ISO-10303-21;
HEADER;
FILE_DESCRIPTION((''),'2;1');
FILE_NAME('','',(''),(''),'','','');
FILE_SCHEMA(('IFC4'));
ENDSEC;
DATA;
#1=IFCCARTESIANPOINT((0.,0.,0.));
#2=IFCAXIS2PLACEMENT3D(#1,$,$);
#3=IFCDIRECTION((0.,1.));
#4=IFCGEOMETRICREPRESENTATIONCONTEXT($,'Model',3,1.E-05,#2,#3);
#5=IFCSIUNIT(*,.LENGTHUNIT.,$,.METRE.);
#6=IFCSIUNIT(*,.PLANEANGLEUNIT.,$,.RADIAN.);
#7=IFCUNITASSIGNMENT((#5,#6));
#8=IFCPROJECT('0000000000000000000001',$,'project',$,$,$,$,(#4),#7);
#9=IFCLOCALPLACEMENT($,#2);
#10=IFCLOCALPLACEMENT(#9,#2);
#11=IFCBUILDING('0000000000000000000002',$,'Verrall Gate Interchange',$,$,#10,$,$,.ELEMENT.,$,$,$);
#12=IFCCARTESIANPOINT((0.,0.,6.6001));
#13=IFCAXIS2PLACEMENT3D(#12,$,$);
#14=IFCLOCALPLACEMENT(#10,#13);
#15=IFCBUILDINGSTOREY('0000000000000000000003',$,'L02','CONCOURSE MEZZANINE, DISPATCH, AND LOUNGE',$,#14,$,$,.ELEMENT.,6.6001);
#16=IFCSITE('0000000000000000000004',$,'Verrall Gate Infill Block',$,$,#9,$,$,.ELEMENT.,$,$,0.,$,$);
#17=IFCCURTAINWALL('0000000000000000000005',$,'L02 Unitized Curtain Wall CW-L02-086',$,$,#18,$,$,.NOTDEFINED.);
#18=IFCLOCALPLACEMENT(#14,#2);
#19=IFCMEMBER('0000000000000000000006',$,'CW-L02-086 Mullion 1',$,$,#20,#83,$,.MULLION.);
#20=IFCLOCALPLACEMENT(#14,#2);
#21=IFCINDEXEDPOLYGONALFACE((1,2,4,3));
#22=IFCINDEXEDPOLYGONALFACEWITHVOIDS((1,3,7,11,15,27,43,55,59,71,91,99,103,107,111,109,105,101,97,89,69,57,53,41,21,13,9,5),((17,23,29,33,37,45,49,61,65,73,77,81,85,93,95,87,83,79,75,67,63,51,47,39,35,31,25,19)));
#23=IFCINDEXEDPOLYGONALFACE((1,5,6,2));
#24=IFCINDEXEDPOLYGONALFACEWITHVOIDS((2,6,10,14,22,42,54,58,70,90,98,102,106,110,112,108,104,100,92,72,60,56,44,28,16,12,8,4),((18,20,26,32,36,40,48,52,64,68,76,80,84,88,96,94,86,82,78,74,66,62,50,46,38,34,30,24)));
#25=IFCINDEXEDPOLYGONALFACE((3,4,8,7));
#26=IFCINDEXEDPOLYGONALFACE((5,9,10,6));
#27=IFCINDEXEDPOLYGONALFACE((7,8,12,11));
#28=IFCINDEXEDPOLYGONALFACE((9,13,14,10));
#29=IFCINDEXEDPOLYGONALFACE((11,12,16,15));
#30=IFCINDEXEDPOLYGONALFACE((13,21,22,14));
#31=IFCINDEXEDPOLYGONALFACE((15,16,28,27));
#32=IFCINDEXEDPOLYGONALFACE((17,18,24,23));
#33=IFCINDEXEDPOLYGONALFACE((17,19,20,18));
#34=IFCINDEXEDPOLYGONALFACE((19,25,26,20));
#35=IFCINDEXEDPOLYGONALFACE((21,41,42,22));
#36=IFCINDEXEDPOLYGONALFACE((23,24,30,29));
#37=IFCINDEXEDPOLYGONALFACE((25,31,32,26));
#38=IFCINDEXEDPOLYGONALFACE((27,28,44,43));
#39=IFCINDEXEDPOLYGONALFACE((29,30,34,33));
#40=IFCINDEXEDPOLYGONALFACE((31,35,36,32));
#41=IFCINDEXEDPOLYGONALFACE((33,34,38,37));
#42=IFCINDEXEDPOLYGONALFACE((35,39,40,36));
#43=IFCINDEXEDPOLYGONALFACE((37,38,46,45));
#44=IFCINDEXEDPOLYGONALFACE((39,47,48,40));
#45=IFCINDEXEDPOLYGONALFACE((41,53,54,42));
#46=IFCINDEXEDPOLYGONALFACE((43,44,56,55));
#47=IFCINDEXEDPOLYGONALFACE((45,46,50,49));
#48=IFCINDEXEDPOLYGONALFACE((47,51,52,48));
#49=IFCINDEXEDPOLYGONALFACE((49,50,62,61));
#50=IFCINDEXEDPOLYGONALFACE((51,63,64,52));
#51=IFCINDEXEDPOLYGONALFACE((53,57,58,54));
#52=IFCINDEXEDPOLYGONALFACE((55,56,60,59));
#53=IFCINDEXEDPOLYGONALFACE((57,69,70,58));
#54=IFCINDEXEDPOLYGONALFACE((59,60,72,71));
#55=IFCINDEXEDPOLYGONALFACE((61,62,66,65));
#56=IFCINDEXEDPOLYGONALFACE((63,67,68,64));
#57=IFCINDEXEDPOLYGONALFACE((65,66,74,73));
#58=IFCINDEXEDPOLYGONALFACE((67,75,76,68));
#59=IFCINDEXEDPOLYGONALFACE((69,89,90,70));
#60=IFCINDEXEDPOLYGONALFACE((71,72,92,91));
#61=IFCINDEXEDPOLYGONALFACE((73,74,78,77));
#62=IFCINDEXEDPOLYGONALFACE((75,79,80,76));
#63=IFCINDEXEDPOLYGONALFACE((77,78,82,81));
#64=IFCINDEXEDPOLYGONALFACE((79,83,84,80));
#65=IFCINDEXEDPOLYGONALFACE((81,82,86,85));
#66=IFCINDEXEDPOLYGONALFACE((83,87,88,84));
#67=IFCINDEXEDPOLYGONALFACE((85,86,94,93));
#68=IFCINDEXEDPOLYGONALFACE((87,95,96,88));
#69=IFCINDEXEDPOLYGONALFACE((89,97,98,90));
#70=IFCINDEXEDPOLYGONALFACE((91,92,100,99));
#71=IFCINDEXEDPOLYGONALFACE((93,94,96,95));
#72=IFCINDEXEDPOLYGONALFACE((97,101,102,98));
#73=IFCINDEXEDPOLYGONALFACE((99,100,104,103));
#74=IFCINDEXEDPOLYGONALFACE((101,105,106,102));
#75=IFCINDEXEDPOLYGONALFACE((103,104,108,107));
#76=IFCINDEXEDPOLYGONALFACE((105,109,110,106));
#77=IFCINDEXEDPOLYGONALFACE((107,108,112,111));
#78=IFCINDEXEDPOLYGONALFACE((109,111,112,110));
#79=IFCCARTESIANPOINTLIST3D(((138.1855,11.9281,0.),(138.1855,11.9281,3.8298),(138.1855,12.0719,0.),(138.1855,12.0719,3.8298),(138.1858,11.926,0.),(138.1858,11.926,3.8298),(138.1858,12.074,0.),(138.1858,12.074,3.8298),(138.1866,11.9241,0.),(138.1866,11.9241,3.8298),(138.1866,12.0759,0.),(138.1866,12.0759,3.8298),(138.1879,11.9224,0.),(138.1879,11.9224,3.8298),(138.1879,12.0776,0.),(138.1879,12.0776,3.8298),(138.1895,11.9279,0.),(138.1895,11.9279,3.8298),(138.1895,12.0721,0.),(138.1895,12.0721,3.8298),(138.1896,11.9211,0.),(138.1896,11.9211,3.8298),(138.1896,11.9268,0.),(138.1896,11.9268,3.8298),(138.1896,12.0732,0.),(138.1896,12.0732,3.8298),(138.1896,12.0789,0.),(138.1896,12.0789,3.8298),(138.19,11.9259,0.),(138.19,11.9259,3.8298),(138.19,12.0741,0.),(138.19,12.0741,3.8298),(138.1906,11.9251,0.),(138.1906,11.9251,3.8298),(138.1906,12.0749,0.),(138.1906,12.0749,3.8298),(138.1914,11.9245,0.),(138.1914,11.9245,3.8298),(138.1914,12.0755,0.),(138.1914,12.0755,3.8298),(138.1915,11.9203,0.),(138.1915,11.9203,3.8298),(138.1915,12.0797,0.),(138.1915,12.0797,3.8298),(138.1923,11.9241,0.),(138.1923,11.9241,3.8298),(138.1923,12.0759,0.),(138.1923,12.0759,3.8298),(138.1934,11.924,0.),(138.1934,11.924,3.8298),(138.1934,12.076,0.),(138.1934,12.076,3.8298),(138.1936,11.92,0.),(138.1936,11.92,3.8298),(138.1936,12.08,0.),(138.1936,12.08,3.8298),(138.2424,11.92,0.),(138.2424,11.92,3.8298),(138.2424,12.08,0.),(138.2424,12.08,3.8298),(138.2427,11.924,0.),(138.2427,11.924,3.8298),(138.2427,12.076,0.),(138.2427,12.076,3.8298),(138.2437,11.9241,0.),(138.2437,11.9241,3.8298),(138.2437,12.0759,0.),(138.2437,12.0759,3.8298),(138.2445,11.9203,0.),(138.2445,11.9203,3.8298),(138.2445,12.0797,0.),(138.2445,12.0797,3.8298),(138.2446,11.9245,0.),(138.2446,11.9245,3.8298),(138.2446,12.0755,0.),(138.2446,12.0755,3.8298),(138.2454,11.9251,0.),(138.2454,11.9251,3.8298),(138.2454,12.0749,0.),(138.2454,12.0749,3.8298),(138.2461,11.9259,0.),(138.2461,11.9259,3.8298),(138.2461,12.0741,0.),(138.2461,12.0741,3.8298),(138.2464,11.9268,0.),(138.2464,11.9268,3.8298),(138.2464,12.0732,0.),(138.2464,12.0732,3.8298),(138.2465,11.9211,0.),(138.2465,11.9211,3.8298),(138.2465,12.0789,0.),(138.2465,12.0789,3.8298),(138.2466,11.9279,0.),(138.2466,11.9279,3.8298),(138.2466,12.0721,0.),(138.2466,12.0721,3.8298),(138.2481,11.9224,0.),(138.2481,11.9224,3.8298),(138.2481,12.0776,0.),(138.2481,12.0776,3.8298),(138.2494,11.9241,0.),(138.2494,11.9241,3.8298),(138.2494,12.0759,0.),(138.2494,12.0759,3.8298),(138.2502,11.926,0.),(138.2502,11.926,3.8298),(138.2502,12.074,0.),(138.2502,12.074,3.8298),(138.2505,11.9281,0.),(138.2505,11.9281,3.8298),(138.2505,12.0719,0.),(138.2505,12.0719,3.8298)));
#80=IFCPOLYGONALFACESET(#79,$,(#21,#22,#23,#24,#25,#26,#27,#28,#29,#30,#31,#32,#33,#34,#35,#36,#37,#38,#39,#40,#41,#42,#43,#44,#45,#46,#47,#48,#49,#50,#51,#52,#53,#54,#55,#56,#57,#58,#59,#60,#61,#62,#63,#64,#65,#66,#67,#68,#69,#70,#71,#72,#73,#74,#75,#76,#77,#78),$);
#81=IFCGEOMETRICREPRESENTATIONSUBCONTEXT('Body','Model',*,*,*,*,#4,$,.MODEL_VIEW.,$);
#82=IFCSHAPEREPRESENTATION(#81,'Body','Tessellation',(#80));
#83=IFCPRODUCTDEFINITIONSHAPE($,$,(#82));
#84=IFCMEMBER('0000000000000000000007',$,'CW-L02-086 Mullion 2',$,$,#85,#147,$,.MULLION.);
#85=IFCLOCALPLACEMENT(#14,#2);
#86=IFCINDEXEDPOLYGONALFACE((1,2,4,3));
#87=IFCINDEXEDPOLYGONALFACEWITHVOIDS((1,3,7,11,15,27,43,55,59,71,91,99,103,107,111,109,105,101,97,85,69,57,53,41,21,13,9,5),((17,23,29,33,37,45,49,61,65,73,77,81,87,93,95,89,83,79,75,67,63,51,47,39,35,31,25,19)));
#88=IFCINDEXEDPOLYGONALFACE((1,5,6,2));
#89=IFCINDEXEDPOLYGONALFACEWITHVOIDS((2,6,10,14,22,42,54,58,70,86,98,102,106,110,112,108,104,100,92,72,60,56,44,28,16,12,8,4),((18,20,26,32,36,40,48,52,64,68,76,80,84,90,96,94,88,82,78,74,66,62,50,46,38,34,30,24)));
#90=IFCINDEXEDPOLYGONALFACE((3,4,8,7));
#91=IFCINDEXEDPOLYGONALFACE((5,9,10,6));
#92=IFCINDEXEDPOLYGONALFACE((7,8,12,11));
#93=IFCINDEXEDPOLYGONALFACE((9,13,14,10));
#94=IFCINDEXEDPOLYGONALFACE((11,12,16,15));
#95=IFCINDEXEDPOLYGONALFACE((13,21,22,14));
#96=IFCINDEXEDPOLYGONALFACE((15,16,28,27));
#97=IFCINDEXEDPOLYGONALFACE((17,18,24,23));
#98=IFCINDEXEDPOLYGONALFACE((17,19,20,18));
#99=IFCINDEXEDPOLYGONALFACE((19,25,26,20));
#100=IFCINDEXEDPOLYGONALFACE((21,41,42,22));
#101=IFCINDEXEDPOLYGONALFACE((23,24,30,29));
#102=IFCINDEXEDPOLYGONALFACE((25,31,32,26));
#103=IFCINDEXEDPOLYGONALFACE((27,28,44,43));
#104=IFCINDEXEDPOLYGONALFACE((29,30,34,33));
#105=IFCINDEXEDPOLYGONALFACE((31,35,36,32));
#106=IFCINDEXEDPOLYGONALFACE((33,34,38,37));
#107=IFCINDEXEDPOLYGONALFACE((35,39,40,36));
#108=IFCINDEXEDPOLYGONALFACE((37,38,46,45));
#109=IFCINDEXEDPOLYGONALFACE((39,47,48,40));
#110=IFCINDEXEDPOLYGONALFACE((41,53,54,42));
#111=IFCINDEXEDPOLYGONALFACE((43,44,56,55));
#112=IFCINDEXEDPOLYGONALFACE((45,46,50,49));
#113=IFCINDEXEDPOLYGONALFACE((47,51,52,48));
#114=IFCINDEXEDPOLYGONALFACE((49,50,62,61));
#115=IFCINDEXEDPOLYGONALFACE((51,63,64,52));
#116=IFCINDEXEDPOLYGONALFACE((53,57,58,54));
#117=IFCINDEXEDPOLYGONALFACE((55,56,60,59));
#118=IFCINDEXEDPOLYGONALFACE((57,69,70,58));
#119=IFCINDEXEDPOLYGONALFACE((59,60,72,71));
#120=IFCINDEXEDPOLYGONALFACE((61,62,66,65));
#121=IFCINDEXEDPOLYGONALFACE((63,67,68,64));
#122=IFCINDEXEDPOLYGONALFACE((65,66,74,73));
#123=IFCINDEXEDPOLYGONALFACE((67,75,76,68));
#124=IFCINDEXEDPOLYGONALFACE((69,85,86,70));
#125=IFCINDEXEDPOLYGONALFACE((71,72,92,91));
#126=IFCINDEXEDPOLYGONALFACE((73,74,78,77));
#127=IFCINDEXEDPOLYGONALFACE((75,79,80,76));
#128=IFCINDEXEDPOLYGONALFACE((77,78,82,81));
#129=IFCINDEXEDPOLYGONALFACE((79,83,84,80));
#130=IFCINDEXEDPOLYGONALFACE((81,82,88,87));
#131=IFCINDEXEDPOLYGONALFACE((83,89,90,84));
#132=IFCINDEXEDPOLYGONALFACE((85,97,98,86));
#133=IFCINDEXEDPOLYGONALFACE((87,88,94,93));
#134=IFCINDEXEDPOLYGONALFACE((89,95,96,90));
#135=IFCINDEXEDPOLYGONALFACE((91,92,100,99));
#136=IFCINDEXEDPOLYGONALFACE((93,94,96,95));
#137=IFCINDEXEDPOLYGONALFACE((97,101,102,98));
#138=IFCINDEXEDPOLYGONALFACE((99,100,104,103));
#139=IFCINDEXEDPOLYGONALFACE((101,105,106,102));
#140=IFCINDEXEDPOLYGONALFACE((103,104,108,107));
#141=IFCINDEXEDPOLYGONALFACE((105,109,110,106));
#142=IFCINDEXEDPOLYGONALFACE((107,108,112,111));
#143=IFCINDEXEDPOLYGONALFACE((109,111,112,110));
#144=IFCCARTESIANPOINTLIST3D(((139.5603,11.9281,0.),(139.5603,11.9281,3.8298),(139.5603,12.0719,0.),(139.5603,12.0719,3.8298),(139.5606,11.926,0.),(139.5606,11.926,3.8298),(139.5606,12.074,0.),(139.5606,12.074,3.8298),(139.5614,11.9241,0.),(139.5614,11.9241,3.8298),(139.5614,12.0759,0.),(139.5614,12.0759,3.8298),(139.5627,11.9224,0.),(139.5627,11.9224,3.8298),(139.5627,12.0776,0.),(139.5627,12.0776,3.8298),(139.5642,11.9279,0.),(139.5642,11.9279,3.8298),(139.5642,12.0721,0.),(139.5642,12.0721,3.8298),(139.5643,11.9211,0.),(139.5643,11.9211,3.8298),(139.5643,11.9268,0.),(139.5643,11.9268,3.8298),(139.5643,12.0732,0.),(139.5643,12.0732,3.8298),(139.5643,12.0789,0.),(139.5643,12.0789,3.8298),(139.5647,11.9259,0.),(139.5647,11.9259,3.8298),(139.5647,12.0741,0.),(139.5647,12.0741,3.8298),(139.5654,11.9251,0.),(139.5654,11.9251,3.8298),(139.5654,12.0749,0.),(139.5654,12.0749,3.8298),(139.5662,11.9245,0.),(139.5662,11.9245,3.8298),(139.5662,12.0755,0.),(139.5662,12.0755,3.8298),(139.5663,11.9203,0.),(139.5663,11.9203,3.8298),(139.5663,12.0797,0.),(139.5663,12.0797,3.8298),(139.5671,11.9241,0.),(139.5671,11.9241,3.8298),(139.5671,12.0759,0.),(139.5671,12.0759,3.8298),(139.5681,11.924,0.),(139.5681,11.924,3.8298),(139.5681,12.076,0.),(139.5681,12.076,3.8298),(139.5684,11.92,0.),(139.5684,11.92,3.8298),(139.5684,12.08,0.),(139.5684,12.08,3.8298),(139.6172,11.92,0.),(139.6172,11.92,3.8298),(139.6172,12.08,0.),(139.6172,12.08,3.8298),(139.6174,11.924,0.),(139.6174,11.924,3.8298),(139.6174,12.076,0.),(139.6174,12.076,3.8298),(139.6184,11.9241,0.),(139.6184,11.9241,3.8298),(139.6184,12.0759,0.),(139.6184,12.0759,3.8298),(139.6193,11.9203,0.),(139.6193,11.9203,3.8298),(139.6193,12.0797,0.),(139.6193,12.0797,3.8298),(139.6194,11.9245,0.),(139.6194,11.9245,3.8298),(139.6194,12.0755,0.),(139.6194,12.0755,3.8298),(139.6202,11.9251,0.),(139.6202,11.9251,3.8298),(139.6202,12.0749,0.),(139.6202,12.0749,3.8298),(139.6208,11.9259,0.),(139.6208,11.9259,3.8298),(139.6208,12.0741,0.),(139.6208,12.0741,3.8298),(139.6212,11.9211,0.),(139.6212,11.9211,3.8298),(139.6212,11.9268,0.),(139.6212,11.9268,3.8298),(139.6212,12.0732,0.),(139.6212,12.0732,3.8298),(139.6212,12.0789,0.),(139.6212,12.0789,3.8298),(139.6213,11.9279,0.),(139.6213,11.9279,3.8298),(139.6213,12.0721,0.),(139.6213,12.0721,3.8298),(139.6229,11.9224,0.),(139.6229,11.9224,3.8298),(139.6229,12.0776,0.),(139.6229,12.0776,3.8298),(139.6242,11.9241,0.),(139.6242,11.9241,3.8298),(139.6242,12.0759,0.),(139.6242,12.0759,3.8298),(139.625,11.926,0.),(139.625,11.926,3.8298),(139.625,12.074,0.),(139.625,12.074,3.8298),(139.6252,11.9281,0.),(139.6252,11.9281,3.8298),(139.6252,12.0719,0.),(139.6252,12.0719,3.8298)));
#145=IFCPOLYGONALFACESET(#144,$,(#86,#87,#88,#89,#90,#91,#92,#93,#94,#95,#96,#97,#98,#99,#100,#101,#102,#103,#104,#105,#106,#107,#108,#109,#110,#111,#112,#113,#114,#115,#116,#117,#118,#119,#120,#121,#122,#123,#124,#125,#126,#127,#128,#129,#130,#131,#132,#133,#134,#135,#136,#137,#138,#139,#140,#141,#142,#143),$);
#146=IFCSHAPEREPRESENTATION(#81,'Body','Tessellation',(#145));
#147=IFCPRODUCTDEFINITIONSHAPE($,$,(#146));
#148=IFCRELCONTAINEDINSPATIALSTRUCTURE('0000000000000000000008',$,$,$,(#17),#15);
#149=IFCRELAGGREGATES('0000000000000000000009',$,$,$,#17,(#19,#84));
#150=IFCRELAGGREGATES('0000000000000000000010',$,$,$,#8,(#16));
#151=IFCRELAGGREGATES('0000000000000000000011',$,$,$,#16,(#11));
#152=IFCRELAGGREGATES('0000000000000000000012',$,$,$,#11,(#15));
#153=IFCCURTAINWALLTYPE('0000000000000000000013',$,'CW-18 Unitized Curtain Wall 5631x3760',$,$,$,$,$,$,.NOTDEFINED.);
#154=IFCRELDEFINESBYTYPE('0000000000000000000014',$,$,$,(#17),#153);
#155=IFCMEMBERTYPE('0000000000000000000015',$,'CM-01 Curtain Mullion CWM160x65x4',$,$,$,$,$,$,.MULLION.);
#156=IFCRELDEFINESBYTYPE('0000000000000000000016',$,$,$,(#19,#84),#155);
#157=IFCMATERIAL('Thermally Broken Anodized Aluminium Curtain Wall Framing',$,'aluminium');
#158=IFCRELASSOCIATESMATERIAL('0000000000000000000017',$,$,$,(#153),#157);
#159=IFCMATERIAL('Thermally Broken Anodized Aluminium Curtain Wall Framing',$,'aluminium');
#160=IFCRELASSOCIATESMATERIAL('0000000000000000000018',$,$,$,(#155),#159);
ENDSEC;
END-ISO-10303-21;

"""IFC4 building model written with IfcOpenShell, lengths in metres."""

from ifc_helpers import new_model, si_unit, direction, frame, origin, origin_2d, place, context, subcontext, project, spatial, hollow_rectangle, extrude, material, material_profile, profile_set, type_object, element, aggregate, save


model = new_model("IFC4")

# Units and contexts
model_context = context("Model", 3, precision=1e-05, world=origin(), true_north=direction((0.0, 1.0)))
body_context = subcontext(model_context, "Body", "Model", "MODEL_VIEW")
ifc_project = project(units=[si_unit("LENGTHUNIT", "METRE"), si_unit("PLANEANGLEUNIT", "RADIAN")], contexts=[model_context])

# Site, building, storey
site_placement = place(None, origin())
site = spatial("IfcSite", under=ifc_project, at=site_placement, Name="Verrall Gate Infill Block", CompositionType="ELEMENT", RefElevation=0.0)
building_placement = place(site_placement, origin())
building = spatial("IfcBuilding", under=site, at=building_placement, Name="Verrall Gate Interchange", CompositionType="ELEMENT")
storey_placement = place(building_placement, frame((0.0, 0.0, 6.6001)))
storey = spatial("IfcBuildingStorey", under=building, at=storey_placement, Name="L02", Description="CONCOURSE MEZZANINE, DISPATCH, AND LOUNGE", CompositionType="ELEMENT", Elevation=6.6001)

# Curtain wall, members
ifc_material_1 = material(Name="Thermally Broken Anodized Aluminium Curtain Wall Framing", Category="aluminium")
curtain_wall_type = type_object("IfcCurtainWallType", Name="CW-18 Unitized Curtain Wall 5631x3760", PredefinedType="NOTDEFINED", material=ifc_material_1)
curtain_wall_1_placement = place(storey_placement, origin())
curtain_wall_1 = element("IfcCurtainWall", 1, at=curtain_wall_1_placement, inside=storey, type_object=curtain_wall_type, Name="L02 Unitized Curtain Wall CW-L02-086", PredefinedType="NOTDEFINED")
ifc_material_2 = material(Name="Thermally Broken Anodized Aluminium Curtain Wall Framing", Category="aluminium")
ifc_material_profile_1 = material_profile(ifc_material_2, hollow_rectangle(XDim=0.0649, YDim=0.1599, WallThickness=0.0039, InnerFilletRadius=0.0039, OuterFilletRadius=0.0081, at=origin_2d()), Name="CWM160x65x4")
ifc_profile_set_1 = profile_set([ifc_material_profile_1], Name="Thermally Broken Anodized Aluminium Curtain Wall Framing")
member_type_1 = type_object("IfcMemberType", Name="CM-01 Curtain Mullion CWM160x65x4", PredefinedType="MULLION", material=ifc_profile_set_1)
member_1_placement = place(storey_placement, frame((138.218, 12.0, 0.0), z_axis=(0.0, 0.0, 1.0), x_axis=(1.0, 0.0, 0.0)))
member_1 = element("IfcMember", 2, at=member_1_placement, type_object=member_type_1, Name="CW-L02-086 Mullion 1", PredefinedType="MULLION", context=body_context, shape_type="SweptSolid", body=[
    extrude(hollow_rectangle(XDim=0.0649, YDim=0.1599, WallThickness=0.0039, InnerFilletRadius=0.0039, OuterFilletRadius=0.0081, at=origin_2d()), origin(), (0.0, 0.0, 1.0), 3.8298),
])
member_2_placement = place(storey_placement, frame((139.5928, 12.0, 0.0), z_axis=(0.0, 0.0, 1.0), x_axis=(1.0, 0.0, 0.0)))
member_2 = element("IfcMember", 3, at=member_2_placement, type_object=member_type_1, Name="CW-L02-086 Mullion 2", PredefinedType="MULLION", context=body_context, shape_type="SweptSolid", body=[
    extrude(hollow_rectangle(XDim=0.0649, YDim=0.1599, WallThickness=0.0039, InnerFilletRadius=0.0039, OuterFilletRadius=0.0081, at=origin_2d()), origin(), (0.0, 0.0, 1.0), 3.8298),
])

aggregate(curtain_wall_1, [member_1, member_2])

save(model, "model.ifc")
